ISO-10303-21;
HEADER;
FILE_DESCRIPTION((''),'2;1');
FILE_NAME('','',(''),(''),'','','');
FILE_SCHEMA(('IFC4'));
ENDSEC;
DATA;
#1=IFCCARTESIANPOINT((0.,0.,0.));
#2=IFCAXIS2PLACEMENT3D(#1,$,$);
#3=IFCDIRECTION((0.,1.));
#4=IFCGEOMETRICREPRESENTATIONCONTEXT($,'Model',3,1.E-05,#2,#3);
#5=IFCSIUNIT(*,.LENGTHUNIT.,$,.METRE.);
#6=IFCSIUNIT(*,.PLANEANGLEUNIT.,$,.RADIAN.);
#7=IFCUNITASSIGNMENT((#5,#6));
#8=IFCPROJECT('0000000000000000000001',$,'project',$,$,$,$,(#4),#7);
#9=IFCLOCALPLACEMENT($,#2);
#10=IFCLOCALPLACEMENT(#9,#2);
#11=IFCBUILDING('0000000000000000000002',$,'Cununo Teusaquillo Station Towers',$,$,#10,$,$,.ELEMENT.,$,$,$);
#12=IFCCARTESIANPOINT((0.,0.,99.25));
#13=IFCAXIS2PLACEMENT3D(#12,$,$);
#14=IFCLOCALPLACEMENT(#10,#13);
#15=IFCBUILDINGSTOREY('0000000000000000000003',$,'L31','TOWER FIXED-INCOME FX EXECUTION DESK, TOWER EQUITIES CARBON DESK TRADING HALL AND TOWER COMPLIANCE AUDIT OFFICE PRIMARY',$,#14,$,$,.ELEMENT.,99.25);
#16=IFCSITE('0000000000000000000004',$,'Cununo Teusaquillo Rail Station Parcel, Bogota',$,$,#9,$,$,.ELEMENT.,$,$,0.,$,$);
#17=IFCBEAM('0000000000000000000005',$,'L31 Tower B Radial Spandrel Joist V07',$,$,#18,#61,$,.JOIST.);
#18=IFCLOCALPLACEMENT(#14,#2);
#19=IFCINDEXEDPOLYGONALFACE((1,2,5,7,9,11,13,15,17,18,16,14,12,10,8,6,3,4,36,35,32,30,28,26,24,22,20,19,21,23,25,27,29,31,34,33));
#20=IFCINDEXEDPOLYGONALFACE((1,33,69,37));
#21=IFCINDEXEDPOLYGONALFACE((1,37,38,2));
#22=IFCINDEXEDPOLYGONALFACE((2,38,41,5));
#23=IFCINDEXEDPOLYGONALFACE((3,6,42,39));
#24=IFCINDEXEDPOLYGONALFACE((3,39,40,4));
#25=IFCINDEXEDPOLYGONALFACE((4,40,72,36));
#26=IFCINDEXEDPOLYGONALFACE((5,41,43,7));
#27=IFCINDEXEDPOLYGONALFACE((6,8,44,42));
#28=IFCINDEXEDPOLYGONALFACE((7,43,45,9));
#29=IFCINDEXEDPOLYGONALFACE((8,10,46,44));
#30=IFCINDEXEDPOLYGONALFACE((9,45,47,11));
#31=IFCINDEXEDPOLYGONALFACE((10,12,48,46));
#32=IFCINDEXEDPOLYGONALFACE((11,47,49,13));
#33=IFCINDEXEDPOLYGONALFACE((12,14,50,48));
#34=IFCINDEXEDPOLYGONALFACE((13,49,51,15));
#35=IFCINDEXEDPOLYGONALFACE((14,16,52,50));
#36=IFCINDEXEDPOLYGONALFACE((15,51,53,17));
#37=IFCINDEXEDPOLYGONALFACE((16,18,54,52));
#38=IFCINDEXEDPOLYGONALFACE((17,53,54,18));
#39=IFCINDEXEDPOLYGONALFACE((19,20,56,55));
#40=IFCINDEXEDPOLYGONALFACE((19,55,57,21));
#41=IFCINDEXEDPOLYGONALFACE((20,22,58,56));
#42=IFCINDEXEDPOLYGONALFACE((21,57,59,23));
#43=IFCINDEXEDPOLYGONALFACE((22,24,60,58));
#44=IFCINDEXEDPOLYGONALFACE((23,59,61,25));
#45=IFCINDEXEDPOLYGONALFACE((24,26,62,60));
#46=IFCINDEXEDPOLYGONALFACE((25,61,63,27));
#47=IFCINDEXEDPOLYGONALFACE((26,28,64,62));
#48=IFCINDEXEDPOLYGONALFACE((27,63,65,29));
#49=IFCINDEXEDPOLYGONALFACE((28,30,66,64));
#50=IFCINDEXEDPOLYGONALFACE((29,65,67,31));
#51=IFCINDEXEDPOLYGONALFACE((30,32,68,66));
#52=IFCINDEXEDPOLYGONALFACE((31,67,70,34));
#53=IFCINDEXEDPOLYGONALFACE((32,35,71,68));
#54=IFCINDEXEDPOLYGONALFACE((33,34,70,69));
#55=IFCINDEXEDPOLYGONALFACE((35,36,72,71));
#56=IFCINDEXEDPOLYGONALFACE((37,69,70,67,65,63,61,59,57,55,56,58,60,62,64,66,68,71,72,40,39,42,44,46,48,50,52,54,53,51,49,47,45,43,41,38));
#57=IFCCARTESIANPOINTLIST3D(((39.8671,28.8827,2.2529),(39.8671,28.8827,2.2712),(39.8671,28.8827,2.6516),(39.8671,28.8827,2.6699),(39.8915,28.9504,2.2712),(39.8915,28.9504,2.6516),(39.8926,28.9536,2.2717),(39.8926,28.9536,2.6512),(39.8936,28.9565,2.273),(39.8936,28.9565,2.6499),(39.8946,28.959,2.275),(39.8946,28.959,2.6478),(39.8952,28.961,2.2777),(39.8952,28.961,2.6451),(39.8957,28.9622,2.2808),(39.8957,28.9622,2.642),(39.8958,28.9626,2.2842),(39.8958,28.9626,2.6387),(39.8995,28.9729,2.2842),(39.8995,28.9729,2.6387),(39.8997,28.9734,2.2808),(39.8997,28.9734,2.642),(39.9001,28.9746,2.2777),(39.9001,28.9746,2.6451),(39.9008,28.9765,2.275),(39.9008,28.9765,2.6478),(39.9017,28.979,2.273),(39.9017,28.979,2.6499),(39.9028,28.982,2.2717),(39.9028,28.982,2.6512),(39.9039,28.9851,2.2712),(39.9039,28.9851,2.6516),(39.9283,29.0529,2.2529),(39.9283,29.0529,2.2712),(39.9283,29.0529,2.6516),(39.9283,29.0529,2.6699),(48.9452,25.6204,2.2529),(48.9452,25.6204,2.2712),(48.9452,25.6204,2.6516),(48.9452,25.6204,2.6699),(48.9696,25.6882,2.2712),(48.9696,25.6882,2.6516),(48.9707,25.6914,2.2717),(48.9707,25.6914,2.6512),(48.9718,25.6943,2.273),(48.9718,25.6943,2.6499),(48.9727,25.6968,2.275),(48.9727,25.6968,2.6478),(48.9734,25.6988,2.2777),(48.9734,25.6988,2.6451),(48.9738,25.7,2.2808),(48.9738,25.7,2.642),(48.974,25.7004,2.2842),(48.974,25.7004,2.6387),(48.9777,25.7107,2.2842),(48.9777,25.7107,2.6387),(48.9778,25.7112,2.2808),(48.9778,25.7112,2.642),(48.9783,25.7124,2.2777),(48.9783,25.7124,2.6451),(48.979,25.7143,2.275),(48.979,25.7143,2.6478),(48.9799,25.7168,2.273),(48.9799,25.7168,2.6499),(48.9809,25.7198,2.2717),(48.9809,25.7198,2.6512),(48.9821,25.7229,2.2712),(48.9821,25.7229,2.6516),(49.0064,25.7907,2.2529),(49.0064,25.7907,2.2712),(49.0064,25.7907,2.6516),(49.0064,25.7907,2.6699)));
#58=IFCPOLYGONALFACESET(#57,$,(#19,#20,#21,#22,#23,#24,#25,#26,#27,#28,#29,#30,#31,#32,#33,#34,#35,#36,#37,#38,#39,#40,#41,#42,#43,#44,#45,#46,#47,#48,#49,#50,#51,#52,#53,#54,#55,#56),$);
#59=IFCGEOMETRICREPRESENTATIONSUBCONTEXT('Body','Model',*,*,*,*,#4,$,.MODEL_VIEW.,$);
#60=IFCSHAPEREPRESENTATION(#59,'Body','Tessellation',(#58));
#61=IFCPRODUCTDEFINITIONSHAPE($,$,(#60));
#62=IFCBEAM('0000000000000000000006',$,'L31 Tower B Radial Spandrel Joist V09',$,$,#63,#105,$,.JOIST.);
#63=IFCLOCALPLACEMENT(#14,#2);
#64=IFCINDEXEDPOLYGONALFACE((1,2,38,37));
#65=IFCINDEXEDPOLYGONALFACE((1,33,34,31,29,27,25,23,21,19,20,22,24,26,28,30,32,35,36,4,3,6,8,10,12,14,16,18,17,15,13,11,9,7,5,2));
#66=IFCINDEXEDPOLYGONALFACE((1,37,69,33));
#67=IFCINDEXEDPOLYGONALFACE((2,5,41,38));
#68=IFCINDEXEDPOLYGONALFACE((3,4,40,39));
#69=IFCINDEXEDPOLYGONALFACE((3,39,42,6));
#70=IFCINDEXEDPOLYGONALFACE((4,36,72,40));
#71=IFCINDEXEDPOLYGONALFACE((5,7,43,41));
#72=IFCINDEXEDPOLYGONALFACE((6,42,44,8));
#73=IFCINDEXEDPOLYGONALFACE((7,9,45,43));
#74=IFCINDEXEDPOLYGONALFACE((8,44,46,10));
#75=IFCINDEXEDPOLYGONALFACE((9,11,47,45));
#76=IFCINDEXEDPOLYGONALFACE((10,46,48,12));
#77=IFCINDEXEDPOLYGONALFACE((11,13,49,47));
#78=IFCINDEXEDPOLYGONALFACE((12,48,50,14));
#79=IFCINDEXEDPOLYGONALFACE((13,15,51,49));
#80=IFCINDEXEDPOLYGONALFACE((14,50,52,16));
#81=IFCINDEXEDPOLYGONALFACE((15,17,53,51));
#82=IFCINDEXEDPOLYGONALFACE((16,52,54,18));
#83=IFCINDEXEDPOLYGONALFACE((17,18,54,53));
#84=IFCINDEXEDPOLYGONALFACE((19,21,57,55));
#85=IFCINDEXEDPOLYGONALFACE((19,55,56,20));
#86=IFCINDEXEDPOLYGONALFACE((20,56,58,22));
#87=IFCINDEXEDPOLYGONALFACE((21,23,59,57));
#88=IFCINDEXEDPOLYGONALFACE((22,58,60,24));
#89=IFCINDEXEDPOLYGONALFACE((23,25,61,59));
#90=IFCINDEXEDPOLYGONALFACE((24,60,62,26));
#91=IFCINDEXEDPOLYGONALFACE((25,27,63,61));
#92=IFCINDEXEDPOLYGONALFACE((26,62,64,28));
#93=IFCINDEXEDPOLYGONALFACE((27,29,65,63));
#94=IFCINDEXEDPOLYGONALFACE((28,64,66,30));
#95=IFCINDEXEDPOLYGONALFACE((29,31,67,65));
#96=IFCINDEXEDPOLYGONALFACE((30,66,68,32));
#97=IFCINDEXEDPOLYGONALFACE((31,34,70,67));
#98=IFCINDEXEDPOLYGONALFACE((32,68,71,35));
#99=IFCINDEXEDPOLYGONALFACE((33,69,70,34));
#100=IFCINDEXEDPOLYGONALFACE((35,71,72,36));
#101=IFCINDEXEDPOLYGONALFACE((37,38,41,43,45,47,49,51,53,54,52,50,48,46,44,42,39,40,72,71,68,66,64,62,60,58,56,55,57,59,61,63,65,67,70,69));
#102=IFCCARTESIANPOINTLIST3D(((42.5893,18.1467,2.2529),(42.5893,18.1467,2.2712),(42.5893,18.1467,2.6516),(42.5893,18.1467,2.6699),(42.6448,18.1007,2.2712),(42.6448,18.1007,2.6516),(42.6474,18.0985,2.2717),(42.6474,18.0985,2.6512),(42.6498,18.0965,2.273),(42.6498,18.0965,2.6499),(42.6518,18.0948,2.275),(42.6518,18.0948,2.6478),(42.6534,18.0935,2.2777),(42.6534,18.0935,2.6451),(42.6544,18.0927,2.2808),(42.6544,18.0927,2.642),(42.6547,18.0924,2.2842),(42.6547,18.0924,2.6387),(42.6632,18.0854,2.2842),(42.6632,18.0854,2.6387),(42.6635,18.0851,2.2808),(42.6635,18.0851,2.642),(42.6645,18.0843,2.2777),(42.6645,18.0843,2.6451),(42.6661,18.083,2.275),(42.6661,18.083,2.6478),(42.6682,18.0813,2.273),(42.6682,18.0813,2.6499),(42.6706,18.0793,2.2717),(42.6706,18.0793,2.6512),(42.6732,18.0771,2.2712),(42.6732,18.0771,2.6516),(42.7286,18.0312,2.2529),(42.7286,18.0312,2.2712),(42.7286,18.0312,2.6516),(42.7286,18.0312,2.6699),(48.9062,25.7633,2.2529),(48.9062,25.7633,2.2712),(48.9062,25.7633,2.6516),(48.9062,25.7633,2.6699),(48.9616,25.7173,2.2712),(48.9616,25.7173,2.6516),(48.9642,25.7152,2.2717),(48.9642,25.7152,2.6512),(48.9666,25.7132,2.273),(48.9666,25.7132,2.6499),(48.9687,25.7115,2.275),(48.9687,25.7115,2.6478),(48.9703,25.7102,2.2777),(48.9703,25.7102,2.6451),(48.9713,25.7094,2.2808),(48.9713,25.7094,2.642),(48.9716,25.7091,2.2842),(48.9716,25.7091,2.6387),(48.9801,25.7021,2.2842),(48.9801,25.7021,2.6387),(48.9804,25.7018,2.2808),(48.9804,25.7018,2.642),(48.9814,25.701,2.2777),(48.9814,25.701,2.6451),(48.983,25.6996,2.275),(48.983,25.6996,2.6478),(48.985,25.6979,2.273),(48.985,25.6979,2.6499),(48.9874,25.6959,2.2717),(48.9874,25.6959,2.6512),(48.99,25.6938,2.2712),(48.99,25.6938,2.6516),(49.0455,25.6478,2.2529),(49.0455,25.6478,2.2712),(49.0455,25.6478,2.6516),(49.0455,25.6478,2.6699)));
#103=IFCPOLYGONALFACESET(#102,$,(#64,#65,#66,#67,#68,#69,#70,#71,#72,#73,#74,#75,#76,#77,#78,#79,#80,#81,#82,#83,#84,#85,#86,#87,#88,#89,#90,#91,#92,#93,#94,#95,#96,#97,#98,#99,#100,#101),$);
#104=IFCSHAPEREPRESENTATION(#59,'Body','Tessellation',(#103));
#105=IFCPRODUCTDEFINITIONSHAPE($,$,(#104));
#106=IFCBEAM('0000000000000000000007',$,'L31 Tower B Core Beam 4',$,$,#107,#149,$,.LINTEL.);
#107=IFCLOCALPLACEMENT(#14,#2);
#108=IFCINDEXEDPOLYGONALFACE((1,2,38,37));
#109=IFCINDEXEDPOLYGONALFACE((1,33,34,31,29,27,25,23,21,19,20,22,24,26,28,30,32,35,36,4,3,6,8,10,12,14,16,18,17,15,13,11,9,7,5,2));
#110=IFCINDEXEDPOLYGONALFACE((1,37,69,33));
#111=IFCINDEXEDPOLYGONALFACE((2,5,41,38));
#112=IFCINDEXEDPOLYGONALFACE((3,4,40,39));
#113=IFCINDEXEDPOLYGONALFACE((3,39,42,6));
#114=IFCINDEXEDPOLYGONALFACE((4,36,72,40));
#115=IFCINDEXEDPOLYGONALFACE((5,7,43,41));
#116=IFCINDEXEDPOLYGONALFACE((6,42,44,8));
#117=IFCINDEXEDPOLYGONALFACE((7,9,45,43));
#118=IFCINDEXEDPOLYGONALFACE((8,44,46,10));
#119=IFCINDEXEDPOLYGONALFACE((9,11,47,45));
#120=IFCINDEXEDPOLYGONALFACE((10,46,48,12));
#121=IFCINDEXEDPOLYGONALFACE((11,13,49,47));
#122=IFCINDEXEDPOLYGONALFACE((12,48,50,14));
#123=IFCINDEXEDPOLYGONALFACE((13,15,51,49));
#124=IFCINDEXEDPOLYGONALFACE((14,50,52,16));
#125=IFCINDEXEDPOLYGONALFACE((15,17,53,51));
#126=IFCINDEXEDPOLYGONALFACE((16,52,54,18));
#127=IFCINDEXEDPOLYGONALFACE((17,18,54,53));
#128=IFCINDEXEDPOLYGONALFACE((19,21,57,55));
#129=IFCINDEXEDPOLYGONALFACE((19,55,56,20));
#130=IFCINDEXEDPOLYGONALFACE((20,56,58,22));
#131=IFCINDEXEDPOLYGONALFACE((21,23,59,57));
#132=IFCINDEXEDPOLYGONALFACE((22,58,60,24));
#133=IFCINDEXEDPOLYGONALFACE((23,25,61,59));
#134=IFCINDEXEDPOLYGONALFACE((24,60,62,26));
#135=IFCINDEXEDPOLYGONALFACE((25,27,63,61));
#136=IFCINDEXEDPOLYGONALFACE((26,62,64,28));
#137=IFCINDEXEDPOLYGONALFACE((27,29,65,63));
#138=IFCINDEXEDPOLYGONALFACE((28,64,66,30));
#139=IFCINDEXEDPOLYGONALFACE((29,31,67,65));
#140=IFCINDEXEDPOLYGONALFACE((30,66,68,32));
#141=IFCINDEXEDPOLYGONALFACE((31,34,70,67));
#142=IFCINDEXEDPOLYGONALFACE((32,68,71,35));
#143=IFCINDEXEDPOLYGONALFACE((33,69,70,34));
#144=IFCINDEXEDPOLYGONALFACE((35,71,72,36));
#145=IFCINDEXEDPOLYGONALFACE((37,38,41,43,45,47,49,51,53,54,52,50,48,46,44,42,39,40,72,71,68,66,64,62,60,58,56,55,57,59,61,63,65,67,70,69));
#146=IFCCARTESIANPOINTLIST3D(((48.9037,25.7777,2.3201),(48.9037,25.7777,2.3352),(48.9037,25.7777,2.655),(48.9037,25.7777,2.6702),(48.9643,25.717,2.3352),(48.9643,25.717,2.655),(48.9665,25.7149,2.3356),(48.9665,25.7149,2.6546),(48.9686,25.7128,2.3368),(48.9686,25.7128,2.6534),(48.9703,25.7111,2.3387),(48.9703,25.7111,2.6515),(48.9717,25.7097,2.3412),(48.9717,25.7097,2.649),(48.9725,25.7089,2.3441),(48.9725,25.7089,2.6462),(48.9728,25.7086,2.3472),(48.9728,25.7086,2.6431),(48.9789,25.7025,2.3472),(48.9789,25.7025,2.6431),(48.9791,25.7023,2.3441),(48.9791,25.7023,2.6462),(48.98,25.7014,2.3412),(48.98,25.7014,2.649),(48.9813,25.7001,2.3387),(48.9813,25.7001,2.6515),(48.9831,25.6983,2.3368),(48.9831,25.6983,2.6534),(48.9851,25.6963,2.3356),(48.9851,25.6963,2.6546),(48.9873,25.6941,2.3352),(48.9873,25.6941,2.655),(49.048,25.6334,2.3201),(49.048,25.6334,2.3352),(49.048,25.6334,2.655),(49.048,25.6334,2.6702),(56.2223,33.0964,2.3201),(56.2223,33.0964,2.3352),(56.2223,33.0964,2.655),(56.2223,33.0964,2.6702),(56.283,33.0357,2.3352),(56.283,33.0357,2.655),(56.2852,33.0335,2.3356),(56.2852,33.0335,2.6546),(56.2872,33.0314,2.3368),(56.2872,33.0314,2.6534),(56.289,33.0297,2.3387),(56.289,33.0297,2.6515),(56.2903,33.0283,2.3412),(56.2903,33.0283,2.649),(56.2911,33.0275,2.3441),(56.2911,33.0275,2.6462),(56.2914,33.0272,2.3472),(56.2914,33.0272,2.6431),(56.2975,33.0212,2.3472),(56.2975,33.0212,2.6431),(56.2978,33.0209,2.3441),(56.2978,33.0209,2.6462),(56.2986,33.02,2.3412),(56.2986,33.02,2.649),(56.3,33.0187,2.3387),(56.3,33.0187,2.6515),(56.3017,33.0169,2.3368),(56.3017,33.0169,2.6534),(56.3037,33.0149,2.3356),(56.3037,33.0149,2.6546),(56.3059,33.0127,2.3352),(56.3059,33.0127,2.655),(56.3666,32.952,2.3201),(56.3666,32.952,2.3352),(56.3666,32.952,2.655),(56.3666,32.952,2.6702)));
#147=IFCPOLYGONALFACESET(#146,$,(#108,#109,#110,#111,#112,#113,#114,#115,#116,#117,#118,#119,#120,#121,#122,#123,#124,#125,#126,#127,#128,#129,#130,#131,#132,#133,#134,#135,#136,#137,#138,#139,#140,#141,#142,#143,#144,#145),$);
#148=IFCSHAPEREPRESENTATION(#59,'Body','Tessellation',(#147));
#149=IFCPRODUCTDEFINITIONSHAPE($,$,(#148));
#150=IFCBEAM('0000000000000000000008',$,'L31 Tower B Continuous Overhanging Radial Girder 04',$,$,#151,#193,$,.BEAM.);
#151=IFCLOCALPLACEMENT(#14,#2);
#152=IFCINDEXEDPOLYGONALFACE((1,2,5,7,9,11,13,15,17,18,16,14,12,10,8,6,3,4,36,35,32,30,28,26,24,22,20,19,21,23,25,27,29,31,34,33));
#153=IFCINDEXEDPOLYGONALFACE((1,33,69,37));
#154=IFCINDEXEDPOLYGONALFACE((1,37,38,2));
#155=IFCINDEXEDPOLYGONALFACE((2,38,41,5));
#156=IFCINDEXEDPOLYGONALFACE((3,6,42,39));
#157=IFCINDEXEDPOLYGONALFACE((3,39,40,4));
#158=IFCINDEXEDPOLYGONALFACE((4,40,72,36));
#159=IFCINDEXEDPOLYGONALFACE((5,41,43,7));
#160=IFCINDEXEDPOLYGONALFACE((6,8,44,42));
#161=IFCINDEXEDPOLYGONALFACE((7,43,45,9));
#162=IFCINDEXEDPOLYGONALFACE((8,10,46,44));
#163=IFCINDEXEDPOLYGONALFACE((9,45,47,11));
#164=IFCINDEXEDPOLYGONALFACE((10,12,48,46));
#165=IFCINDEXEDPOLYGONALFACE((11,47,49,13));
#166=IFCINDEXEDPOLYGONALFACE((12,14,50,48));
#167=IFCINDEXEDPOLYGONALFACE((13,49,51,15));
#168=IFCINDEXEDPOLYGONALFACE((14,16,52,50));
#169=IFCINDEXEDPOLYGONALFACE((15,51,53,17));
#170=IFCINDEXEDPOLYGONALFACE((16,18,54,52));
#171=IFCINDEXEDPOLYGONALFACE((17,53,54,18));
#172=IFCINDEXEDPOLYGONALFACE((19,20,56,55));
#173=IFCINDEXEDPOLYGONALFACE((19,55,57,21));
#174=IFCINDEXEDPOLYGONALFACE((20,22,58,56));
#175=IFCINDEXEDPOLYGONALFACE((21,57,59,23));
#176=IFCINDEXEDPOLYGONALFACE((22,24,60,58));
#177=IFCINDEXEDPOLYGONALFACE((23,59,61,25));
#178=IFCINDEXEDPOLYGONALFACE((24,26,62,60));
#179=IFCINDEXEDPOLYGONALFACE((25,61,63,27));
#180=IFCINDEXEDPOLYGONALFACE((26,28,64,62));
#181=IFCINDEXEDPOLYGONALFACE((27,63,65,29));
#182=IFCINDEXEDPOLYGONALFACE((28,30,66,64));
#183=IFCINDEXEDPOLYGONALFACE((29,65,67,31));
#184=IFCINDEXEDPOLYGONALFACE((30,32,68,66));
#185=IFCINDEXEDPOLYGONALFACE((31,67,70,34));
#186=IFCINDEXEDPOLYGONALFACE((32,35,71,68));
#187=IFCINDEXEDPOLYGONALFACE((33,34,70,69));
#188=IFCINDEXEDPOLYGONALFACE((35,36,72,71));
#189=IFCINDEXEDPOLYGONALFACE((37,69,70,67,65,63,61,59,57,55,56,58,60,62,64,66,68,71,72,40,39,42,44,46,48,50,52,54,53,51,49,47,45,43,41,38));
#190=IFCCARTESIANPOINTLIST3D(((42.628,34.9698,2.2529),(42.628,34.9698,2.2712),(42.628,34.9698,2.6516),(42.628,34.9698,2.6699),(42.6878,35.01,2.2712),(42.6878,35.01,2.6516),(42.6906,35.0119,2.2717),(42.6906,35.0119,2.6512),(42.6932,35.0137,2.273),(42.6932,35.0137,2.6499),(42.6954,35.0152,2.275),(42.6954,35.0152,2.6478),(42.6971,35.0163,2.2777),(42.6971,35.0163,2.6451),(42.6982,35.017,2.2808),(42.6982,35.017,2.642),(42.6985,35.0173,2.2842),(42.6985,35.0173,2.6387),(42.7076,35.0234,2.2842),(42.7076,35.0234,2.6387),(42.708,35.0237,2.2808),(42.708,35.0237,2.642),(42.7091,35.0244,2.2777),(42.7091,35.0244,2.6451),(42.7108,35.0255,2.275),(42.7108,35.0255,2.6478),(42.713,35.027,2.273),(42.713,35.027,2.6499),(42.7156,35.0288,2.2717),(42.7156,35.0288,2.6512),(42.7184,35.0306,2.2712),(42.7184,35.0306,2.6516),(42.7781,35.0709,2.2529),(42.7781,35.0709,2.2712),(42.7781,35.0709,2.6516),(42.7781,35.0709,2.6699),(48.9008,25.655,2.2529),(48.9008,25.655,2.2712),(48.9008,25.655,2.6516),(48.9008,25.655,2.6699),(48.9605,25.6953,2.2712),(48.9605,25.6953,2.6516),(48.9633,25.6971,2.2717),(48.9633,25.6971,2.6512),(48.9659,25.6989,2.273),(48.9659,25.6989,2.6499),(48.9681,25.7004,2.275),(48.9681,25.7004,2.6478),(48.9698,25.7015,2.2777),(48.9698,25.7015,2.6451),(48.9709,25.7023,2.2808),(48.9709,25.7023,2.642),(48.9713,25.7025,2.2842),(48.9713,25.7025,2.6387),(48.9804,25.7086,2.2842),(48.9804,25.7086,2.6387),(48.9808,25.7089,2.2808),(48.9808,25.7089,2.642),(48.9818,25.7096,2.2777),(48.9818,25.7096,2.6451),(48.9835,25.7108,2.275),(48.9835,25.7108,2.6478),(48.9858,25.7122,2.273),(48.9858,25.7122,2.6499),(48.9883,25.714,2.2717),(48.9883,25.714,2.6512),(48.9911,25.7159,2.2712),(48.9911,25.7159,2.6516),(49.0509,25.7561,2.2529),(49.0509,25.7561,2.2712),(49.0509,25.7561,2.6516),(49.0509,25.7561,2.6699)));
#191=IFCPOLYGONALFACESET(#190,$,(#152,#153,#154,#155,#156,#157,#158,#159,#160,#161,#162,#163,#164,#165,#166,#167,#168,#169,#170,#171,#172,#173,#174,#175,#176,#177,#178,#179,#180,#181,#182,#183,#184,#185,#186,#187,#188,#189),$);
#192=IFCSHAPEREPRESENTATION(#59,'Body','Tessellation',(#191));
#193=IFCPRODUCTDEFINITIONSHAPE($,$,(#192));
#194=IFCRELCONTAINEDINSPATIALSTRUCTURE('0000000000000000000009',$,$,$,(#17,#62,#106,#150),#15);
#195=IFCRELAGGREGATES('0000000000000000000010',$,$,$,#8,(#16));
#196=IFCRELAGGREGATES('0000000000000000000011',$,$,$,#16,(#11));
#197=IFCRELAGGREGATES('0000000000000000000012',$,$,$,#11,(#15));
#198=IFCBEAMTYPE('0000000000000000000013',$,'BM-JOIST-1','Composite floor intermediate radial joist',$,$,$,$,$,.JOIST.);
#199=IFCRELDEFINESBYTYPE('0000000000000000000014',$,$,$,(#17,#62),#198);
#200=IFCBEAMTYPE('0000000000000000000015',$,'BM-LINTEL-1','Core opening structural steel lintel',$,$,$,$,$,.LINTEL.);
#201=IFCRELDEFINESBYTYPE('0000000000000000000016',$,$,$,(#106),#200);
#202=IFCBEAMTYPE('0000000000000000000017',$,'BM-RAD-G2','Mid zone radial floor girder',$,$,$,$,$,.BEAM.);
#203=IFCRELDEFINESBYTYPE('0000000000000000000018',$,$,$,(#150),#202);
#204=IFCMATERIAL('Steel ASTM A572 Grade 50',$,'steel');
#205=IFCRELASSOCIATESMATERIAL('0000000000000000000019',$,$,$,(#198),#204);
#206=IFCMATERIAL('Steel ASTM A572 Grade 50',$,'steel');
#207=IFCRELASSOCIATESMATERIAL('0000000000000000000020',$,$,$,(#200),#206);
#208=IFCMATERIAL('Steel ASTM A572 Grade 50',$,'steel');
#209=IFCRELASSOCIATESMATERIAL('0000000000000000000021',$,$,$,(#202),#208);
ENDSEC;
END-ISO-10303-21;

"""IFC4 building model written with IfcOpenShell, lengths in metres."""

from ifc_helpers import new_model, si_unit, direction, frame, origin, origin_2d, place, context, subcontext, project, spatial, i_section, extrude, material, material_profile, profile_set, type_object, element, save


model = new_model("IFC4")

# Units and contexts
model_context = context("Model", 3, precision=1e-05, world=origin(), true_north=direction((0.0, 1.0)))
body_context = subcontext(model_context, "Body", "Model", "MODEL_VIEW")
ifc_project = project(units=[si_unit("LENGTHUNIT", "METRE"), si_unit("PLANEANGLEUNIT", "RADIAN")], contexts=[model_context])

# Site, building, storey
site_placement = place(None, origin())
site = spatial("IfcSite", under=ifc_project, at=site_placement, Name="Cununo Teusaquillo Rail Station Parcel, Bogota", CompositionType="ELEMENT", RefElevation=0.0)
building_placement = place(site_placement, origin())
building = spatial("IfcBuilding", under=site, at=building_placement, Name="Cununo Teusaquillo Station Towers", CompositionType="ELEMENT")
storey_placement = place(building_placement, frame((0.0, 0.0, 99.25)))
storey = spatial("IfcBuildingStorey", under=building, at=storey_placement, Name="L31", Description="TOWER FIXED-INCOME FX EXECUTION DESK, TOWER EQUITIES CARBON DESK TRADING HALL AND TOWER COMPLIANCE AUDIT OFFICE PRIMARY", CompositionType="ELEMENT", Elevation=99.25)

# Beams
ifc_material_1 = material(Name="Steel ASTM A572 Grade 50", Category="steel")
ifc_material_profile_1 = material_profile(ifc_material_1, i_section(OverallWidth=0.1809, OverallDepth=0.417, WebThickness=0.011, FlangeThickness=0.0183, FilletRadius=0.0129, at=origin_2d()), Name="W16X57")
ifc_profile_set_1 = profile_set([ifc_material_profile_1], Name="Steel ASTM A572 Grade 50")
beam_type_1 = type_object("IfcBeamType", Name="BM-JOIST-1", Description="Composite floor intermediate radial joist", PredefinedType="JOIST", material=ifc_profile_set_1)
beam_1_placement = place(storey_placement, frame((48.9758, 25.7056, 2.4614), z_axis=(-0.941083, 0.338176, 0.0), x_axis=(-0.338176, -0.941083, 0.0)))
element("IfcBeam", 1, at=beam_1_placement, inside=storey, type_object=beam_type_1, Name="L31 Tower B Radial Spandrel Joist V07", PredefinedType="JOIST", context=body_context, shape_type="SweptSolid", body=[
    extrude(i_section(OverallWidth=0.1809, OverallDepth=0.417, WebThickness=0.011, FlangeThickness=0.0183, FilletRadius=0.0129, at=origin_2d()), origin(), (0.0, 0.0, 1.0), 9.6465),
])
beam_2_placement = place(storey_placement, frame((48.9758, 25.7056, 2.4614), z_axis=(-0.638372, -0.769728, 0.0), x_axis=(0.769728, -0.638372, 0.0)))
element("IfcBeam", 2, at=beam_2_placement, inside=storey, type_object=beam_type_1, Name="L31 Tower B Radial Spandrel Joist V09", PredefinedType="JOIST", context=body_context, shape_type="SweptSolid", body=[
    extrude(i_section(OverallWidth=0.1809, OverallDepth=0.417, WebThickness=0.011, FlangeThickness=0.0183, FilletRadius=0.0129, at=origin_2d()), origin(), (0.0, 0.0, 1.0), 9.8953),
])
ifc_material_2 = material(Name="Steel ASTM A572 Grade 50", Category="steel")
ifc_material_profile_2 = material_profile(ifc_material_2, i_section(OverallWidth=0.2041, OverallDepth=0.3501, WebThickness=0.0085, FlangeThickness=0.0151, FilletRadius=0.012, at=origin_2d()), Name="W14X48")
ifc_profile_set_2 = profile_set([ifc_material_profile_2], Name="Steel ASTM A572 Grade 50")
beam_type_2 = type_object("IfcBeamType", Name="BM-LINTEL-1", Description="Core opening structural steel lintel", PredefinedType="LINTEL", material=ifc_profile_set_2)
beam_3_placement = place(storey_placement, frame((48.9758, 25.7056, 2.4951), z_axis=(0.707107, 0.707107, 0.0), x_axis=(-0.707107, 0.707107, 0.0)))
element("IfcBeam", 3, at=beam_3_placement, inside=storey, type_object=beam_type_2, Name="L31 Tower B Core Beam 4", PredefinedType="LINTEL", context=body_context, shape_type="SweptSolid", body=[
    extrude(i_section(OverallWidth=0.2041, OverallDepth=0.3501, WebThickness=0.0085, FlangeThickness=0.0151, FilletRadius=0.012, at=origin_2d()), origin(), (0.0, 0.0, 1.0), 10.3501),
])
ifc_material_3 = material(Name="Steel ASTM A572 Grade 50", Category="steel")
ifc_material_profile_3 = material_profile(ifc_material_3, i_section(OverallWidth=0.1809, OverallDepth=0.417, WebThickness=0.011, FlangeThickness=0.0183, FilletRadius=0.0129, at=origin_2d()), Name="W16X57")
ifc_profile_set_3 = profile_set([ifc_material_profile_3], Name="Steel ASTM A572 Grade 50")
beam_type_3 = type_object("IfcBeamType", Name="BM-RAD-G2", Description="Mid zone radial floor girder", PredefinedType="BEAM", material=ifc_profile_set_3)
beam_4_placement = place(storey_placement, frame((48.9758, 25.7056, 2.4614), z_axis=(-0.558572, 0.829456, 0.0), x_axis=(-0.829456, -0.558572, 0.0)))
element("IfcBeam", 4, at=beam_4_placement, inside=storey, type_object=beam_type_3, Name="L31 Tower B Continuous Overhanging Radial Girder 04", PredefinedType="BEAM", context=body_context, shape_type="SweptSolid", body=[
    extrude(i_section(OverallWidth=0.1809, OverallDepth=0.417, WebThickness=0.011, FlangeThickness=0.0183, FilletRadius=0.0129, at=origin_2d()), origin(), (0.0, 0.0, 1.0), 11.23),
])

save(model, "model.ifc")
